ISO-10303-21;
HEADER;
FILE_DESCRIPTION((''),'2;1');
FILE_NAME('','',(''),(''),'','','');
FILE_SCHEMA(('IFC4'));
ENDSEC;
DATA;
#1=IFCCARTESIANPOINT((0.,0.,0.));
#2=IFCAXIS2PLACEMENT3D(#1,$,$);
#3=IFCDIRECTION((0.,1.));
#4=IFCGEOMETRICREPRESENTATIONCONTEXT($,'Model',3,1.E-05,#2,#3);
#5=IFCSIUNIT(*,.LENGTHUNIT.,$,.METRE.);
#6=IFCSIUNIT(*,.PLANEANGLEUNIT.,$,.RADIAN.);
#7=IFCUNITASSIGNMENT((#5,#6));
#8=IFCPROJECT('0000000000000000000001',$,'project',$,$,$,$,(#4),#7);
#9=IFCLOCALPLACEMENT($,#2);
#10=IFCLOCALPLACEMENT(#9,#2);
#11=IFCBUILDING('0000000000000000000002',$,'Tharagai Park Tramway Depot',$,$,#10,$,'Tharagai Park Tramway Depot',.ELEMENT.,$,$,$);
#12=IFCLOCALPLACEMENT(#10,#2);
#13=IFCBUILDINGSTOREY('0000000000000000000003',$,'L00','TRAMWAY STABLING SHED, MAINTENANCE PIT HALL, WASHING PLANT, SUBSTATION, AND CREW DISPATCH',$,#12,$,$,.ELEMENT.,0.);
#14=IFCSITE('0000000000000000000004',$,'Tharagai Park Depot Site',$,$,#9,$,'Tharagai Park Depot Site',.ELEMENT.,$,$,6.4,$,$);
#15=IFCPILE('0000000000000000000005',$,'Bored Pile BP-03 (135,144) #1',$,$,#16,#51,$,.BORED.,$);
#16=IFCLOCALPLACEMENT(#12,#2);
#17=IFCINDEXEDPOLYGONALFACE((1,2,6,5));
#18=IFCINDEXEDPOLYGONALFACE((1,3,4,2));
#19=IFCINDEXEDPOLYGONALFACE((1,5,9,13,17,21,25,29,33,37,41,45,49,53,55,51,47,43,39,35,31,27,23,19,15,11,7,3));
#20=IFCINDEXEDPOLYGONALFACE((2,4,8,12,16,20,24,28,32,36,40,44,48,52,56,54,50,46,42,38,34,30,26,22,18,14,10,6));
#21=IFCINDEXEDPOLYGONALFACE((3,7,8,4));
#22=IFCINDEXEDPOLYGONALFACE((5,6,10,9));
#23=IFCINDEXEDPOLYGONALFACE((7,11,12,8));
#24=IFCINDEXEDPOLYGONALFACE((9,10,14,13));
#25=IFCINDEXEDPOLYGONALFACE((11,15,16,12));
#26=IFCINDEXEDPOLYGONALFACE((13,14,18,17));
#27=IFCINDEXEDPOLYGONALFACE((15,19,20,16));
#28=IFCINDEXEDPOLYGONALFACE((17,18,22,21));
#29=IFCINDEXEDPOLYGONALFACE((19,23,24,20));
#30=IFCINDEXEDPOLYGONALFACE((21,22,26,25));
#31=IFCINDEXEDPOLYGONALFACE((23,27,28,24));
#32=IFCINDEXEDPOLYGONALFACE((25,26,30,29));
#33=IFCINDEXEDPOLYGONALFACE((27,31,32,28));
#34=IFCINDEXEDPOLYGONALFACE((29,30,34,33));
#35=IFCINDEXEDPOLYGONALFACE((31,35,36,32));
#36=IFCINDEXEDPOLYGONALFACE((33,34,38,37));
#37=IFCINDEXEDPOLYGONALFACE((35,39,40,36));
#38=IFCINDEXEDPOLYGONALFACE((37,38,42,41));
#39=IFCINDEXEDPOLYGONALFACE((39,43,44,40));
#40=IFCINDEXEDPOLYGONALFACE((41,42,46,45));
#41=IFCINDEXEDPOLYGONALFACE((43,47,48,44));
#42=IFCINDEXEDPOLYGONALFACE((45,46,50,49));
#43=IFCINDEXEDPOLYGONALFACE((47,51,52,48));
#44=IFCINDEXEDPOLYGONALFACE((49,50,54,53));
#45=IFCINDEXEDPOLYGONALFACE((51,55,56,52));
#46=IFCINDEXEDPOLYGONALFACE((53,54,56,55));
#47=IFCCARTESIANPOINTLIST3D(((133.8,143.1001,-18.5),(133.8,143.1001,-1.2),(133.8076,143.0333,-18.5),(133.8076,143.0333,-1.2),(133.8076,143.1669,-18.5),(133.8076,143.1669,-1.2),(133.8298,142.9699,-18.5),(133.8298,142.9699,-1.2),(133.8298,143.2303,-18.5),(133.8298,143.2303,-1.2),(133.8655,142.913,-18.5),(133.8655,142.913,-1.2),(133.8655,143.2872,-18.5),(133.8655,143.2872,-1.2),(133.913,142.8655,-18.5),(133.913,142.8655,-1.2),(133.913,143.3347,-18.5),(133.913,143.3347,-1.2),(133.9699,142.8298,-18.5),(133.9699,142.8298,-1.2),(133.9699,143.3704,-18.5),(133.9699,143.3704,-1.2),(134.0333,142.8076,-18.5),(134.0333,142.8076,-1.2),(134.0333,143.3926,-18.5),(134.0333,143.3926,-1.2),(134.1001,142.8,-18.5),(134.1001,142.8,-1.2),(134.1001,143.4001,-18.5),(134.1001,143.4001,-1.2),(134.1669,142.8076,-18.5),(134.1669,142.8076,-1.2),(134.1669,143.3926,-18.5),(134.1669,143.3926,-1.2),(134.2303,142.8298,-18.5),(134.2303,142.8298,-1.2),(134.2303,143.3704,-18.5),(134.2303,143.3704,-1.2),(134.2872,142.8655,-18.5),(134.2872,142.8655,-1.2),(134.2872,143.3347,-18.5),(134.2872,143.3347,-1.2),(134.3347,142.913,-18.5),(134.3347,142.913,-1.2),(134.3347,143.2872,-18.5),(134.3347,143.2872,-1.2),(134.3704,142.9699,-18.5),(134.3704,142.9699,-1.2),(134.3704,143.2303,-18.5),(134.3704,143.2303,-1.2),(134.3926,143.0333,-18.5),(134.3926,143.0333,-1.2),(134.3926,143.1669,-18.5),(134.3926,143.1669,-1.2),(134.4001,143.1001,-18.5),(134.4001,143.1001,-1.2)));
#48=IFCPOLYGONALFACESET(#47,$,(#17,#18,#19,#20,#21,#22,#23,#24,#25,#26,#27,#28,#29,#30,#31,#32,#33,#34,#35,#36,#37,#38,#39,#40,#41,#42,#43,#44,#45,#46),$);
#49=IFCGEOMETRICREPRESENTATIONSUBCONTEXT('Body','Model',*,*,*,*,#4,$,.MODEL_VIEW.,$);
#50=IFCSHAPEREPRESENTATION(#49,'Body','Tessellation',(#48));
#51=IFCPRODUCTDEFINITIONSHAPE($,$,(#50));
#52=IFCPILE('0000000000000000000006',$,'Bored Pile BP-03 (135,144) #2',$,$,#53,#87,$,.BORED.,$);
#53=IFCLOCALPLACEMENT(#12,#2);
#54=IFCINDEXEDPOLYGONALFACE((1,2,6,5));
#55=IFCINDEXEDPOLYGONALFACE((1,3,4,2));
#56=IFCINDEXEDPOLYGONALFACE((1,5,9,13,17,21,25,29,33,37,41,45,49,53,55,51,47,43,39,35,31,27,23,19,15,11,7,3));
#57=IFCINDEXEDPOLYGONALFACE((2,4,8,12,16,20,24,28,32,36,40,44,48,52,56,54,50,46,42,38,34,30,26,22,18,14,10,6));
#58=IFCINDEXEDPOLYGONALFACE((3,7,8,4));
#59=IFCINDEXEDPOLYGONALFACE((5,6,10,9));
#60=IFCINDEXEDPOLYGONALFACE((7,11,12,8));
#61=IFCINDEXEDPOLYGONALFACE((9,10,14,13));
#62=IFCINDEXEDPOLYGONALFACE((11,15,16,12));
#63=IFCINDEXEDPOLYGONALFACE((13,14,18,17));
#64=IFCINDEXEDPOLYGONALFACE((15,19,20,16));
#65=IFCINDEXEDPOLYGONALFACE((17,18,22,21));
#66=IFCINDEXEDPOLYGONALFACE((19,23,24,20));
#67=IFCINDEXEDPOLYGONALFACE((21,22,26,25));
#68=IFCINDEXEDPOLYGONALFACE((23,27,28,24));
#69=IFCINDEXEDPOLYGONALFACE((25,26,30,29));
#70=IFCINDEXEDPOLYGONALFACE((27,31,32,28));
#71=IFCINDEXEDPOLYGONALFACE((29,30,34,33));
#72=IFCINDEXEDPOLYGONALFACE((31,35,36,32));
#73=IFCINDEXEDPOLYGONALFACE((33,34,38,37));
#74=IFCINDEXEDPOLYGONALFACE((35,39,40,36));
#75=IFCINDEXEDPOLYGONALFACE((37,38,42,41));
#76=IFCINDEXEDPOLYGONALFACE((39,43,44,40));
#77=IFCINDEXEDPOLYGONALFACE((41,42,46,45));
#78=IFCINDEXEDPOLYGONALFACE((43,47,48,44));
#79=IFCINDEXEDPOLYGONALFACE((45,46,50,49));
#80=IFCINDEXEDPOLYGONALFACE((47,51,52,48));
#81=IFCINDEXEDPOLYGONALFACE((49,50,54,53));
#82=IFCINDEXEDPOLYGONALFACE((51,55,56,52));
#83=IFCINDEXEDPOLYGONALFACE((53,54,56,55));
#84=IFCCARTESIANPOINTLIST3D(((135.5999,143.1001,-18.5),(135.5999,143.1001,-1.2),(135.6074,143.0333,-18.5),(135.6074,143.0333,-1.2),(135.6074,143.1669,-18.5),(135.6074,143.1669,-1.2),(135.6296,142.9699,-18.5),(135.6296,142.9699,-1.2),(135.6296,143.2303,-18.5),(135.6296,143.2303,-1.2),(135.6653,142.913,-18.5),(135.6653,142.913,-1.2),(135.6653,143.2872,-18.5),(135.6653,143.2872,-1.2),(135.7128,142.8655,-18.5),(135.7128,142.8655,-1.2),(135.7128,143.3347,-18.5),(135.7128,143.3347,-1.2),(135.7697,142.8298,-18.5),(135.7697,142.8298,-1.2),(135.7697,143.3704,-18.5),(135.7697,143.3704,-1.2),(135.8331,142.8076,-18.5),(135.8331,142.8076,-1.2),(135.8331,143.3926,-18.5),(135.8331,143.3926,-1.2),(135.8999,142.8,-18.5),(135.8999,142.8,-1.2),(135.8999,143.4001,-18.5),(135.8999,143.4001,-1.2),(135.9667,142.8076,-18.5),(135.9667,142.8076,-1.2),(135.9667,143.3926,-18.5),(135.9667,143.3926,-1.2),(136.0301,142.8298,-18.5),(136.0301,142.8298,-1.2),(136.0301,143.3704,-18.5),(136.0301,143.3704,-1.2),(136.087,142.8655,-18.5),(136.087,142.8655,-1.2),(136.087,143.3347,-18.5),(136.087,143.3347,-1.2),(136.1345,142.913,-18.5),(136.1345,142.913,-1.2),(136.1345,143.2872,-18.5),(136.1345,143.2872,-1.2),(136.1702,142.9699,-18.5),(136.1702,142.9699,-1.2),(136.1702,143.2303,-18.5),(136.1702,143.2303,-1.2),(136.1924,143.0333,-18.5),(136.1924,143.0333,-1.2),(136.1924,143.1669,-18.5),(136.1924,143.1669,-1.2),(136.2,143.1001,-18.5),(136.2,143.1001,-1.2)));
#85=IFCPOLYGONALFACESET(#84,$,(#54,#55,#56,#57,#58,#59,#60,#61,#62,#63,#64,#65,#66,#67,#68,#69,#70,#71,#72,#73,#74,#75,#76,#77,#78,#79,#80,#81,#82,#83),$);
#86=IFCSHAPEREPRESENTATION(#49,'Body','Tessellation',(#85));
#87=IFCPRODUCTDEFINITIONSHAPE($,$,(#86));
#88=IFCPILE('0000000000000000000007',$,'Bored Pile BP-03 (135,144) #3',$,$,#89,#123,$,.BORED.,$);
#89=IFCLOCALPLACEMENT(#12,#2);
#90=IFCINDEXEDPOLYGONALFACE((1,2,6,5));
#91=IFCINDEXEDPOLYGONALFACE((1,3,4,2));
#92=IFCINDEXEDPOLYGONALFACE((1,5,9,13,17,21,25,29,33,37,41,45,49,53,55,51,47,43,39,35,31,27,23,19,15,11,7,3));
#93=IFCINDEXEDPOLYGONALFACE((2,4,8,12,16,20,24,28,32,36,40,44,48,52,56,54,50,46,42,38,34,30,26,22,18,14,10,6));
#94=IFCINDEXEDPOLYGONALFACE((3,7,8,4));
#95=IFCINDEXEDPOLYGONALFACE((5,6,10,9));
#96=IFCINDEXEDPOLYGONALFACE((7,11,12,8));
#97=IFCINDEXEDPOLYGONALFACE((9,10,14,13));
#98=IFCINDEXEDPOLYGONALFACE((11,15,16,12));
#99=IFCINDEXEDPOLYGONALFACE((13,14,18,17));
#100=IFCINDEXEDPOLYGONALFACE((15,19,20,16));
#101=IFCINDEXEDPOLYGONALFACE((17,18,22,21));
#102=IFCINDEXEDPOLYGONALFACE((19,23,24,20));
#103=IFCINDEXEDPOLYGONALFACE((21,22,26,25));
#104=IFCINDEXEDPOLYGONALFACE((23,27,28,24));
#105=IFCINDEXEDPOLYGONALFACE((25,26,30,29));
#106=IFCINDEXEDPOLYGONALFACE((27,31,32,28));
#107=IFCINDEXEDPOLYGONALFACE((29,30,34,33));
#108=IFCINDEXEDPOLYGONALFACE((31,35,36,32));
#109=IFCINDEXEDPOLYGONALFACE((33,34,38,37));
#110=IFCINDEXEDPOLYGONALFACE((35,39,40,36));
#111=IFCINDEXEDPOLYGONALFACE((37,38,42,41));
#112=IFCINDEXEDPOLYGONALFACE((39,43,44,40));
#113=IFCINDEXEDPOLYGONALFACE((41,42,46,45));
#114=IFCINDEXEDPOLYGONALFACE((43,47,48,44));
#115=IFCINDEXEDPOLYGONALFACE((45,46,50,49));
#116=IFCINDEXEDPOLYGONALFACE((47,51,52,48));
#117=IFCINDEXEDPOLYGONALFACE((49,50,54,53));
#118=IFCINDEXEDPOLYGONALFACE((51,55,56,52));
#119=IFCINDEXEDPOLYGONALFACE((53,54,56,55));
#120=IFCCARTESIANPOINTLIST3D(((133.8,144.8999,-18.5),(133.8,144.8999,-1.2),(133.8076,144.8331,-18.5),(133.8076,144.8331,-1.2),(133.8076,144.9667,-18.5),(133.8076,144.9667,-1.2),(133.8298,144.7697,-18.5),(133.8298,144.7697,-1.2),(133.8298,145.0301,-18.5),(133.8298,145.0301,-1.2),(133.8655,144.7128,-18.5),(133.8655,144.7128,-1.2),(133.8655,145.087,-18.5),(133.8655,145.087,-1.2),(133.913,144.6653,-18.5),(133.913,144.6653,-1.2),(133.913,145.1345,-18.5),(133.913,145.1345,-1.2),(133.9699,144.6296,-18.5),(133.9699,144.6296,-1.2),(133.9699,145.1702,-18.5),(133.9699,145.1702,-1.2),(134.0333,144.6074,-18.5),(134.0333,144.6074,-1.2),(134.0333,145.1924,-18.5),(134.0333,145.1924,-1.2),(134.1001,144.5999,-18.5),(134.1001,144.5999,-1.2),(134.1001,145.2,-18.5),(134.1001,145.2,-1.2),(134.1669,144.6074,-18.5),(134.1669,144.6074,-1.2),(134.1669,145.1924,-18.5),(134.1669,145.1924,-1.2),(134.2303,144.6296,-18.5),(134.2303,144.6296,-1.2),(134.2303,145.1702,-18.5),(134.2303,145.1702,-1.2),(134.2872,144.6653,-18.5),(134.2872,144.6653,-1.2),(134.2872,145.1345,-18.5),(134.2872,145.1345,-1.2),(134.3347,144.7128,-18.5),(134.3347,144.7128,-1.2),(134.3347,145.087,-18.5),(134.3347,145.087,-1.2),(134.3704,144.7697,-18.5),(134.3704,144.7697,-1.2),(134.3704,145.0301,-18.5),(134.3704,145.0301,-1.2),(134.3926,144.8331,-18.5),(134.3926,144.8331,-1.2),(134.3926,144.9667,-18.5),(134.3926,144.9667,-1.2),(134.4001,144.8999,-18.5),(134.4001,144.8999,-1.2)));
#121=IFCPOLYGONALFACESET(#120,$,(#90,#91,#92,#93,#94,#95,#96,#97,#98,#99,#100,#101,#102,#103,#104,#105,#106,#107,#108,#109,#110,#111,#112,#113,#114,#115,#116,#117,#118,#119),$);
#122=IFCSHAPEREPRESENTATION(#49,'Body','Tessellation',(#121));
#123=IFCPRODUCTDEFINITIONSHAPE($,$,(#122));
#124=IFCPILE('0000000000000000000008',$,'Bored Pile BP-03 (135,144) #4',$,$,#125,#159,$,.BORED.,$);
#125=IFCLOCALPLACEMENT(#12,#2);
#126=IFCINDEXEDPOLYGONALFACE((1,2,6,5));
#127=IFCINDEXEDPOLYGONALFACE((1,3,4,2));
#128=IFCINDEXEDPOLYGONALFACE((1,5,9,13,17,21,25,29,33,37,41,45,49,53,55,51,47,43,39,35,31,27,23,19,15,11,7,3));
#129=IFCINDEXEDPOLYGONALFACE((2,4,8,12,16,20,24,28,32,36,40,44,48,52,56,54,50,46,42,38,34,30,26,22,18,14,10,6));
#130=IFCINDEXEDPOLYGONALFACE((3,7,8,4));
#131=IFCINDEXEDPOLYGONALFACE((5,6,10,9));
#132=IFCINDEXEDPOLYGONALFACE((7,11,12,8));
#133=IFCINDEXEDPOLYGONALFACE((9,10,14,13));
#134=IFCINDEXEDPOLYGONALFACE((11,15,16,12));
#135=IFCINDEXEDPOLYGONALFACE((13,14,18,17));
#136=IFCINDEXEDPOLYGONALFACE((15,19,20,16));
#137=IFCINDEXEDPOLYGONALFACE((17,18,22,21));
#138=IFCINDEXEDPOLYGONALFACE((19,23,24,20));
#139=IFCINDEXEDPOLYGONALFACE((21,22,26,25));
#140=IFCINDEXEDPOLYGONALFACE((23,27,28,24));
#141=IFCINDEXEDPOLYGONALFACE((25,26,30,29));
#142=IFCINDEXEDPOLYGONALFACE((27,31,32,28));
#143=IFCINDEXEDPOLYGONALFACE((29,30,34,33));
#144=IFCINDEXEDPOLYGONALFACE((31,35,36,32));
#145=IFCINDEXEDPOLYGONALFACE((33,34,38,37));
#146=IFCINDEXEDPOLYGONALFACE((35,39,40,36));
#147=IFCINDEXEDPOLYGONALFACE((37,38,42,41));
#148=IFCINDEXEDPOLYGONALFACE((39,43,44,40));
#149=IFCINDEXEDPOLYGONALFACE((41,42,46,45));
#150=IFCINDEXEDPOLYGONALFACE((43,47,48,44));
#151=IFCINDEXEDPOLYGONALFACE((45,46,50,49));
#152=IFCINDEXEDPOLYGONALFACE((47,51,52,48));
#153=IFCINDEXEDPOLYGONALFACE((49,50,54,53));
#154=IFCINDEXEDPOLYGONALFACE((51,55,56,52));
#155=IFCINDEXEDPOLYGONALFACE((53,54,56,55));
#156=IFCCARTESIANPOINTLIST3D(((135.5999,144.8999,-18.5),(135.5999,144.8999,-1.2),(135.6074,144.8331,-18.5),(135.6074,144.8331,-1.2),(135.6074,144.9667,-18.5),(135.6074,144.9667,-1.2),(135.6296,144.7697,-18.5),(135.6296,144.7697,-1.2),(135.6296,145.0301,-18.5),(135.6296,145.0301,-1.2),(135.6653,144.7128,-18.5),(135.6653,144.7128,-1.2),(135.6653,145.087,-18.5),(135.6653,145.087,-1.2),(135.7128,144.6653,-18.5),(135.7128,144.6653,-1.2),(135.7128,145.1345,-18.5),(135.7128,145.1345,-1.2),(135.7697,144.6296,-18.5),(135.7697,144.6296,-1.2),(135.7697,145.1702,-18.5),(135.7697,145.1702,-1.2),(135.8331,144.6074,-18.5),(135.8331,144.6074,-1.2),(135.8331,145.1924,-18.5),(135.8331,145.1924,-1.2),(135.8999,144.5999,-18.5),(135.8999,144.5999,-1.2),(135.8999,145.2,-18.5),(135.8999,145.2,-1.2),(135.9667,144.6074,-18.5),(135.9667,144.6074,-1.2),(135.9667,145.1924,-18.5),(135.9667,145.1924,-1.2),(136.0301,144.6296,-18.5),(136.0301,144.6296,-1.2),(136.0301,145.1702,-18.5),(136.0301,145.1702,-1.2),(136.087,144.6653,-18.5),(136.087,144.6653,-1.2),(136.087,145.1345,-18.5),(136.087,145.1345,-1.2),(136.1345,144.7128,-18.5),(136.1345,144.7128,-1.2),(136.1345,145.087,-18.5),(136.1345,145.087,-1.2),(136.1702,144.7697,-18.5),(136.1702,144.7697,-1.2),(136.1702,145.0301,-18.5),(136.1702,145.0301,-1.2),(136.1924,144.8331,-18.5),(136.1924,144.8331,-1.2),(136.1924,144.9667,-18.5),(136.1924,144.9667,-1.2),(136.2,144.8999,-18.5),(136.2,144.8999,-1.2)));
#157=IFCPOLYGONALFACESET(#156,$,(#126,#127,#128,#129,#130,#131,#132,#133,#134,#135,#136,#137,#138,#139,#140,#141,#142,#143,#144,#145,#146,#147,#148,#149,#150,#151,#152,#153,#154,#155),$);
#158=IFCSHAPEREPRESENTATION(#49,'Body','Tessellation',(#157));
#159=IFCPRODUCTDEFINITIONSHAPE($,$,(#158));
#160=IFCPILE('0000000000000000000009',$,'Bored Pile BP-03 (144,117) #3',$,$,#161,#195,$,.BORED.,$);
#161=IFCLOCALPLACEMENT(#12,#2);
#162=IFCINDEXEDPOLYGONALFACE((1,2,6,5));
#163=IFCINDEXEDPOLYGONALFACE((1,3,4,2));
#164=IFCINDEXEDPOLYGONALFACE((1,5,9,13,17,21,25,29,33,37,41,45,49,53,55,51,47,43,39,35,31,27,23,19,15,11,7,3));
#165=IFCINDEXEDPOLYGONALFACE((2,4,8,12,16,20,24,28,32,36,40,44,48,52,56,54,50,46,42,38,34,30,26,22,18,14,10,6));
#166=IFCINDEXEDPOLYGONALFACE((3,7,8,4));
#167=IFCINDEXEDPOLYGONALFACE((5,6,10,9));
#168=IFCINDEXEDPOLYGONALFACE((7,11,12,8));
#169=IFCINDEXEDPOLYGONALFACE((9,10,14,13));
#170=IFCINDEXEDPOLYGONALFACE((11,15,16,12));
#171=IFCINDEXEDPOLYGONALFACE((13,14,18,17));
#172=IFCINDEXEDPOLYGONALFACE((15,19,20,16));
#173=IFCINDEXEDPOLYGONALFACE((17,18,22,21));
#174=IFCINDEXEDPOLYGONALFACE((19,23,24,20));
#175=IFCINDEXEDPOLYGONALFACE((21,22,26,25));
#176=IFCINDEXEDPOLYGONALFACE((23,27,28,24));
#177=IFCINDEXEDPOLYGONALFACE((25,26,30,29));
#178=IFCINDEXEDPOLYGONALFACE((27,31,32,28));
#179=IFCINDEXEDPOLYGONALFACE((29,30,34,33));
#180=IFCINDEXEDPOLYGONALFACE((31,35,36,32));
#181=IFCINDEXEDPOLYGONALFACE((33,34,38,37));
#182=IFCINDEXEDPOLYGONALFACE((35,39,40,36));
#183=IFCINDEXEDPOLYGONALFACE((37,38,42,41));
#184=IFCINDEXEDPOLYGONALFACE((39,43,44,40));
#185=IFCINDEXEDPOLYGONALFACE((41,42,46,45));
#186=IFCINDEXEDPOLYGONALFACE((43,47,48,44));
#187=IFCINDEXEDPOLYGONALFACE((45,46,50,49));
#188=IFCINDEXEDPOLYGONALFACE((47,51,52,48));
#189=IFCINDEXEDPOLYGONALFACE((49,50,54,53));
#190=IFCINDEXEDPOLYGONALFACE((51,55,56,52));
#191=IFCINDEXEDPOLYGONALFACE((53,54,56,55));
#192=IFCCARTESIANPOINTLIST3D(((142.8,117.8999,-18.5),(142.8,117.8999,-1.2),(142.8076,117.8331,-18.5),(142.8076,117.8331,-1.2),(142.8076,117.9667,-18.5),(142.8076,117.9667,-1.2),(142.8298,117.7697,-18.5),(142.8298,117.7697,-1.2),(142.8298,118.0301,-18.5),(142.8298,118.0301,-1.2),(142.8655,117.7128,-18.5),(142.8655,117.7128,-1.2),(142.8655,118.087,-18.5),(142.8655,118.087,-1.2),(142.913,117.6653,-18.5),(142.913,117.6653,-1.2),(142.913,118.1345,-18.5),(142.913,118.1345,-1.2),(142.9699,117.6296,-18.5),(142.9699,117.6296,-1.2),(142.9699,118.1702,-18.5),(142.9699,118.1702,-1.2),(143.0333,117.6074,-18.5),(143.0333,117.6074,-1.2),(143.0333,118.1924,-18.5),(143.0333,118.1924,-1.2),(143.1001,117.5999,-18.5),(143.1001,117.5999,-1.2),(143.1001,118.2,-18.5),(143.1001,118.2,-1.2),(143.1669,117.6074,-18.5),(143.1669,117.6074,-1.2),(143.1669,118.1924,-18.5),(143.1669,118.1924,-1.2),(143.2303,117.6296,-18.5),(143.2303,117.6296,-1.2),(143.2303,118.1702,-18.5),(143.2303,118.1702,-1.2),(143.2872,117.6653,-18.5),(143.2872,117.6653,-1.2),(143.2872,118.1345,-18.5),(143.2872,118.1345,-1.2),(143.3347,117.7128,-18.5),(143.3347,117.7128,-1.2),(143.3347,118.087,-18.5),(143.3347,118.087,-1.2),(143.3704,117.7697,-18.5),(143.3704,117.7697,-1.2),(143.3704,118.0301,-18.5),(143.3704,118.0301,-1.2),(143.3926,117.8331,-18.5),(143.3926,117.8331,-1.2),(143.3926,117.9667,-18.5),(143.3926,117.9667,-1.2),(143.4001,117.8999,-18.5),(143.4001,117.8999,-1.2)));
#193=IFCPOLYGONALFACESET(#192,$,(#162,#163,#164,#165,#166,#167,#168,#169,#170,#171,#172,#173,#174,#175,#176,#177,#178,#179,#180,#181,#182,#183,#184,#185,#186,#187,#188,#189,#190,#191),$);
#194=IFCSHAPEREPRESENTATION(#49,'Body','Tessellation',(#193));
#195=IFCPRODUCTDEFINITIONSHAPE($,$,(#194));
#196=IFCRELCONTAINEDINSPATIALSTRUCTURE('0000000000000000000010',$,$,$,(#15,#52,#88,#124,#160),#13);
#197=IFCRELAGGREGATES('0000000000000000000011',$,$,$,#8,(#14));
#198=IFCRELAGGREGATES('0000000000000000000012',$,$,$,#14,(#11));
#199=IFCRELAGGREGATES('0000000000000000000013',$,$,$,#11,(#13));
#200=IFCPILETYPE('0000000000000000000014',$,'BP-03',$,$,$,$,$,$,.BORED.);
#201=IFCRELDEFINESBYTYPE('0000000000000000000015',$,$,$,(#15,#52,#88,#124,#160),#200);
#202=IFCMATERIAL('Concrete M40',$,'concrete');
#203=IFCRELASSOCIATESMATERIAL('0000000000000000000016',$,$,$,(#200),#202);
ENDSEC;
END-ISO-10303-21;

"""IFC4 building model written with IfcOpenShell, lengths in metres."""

from ifc_helpers import new_model, si_unit, direction, frame, origin, origin_2d, place, context, subcontext, project, spatial, circle, extrude, material, material_profile, profile_set, type_object, element, save


model = new_model("IFC4")

# Units and contexts
model_context = context("Model", 3, precision=1e-05, world=origin(), true_north=direction((0.0, 1.0)))
body_context = subcontext(model_context, "Body", "Model", "MODEL_VIEW")
ifc_project = project(units=[si_unit("LENGTHUNIT", "METRE"), si_unit("PLANEANGLEUNIT", "RADIAN")], contexts=[model_context])

# Site, building, storey
site_placement = place(None, origin())
site = spatial("IfcSite", under=ifc_project, at=site_placement, Name="Tharagai Park Depot Site", LongName="Tharagai Park Depot Site", CompositionType="ELEMENT", RefElevation=6.4)
building_placement = place(site_placement, origin())
building = spatial("IfcBuilding", under=site, at=building_placement, Name="Tharagai Park Tramway Depot", LongName="Tharagai Park Tramway Depot", CompositionType="ELEMENT")
storey_placement = place(building_placement, origin())
storey = spatial("IfcBuildingStorey", under=building, at=storey_placement, Name="L00", Description="TRAMWAY STABLING SHED, MAINTENANCE PIT HALL, WASHING PLANT, SUBSTATION, AND CREW DISPATCH", CompositionType="ELEMENT", Elevation=0.0)

# Piles
ifc_material_1 = material(Name="Concrete M40", Category="concrete")
ifc_material_profile_1 = material_profile(ifc_material_1, circle(Radius=0.3, at=origin_2d()), Name="PILE D600")
ifc_profile_set_1 = profile_set([ifc_material_profile_1], Name="Concrete M40")
pile_type = type_object("IfcPileType", Name="BP-03", PredefinedType="BORED", material=ifc_profile_set_1)
for number, where, z_axis, x_axis, name in (
    (1, (134.1001, 143.1001, -1.2), (0.0, 0.0, -1.0), (1.0, 0.0, 0.0), "Bored Pile BP-03 (135,144) #1"),
    (2, (135.8999, 143.1001, -1.2), (0.0, 0.0, -1.0), (1.0, 0.0, 0.0), "Bored Pile BP-03 (135,144) #2"),
    (3, (134.1001, 144.8999, -1.2), (0.0, 0.0, -1.0), (1.0, 0.0, 0.0), "Bored Pile BP-03 (135,144) #3"),
    (4, (135.8999, 144.8999, -1.2), (0.0, 0.0, -1.0), (1.0, 0.0, 0.0), "Bored Pile BP-03 (135,144) #4"),
    (5, (143.1001, 117.8999, -1.2), (0.0, 0.0, -1.0), (1.0, 0.0, 0.0), "Bored Pile BP-03 (144,117) #3"),
):
    element("IfcPile", number, at=place(storey_placement, frame(where, z_axis=z_axis, x_axis=x_axis)), inside=storey, type_object=pile_type, Name=name, PredefinedType="BORED", context=body_context, shape_type="SweptSolid", body=[
        extrude(circle(Radius=0.3, at=origin_2d()), origin(), (0.0, 0.0, 1.0), 17.3),
    ])

save(model, "model.ifc")
